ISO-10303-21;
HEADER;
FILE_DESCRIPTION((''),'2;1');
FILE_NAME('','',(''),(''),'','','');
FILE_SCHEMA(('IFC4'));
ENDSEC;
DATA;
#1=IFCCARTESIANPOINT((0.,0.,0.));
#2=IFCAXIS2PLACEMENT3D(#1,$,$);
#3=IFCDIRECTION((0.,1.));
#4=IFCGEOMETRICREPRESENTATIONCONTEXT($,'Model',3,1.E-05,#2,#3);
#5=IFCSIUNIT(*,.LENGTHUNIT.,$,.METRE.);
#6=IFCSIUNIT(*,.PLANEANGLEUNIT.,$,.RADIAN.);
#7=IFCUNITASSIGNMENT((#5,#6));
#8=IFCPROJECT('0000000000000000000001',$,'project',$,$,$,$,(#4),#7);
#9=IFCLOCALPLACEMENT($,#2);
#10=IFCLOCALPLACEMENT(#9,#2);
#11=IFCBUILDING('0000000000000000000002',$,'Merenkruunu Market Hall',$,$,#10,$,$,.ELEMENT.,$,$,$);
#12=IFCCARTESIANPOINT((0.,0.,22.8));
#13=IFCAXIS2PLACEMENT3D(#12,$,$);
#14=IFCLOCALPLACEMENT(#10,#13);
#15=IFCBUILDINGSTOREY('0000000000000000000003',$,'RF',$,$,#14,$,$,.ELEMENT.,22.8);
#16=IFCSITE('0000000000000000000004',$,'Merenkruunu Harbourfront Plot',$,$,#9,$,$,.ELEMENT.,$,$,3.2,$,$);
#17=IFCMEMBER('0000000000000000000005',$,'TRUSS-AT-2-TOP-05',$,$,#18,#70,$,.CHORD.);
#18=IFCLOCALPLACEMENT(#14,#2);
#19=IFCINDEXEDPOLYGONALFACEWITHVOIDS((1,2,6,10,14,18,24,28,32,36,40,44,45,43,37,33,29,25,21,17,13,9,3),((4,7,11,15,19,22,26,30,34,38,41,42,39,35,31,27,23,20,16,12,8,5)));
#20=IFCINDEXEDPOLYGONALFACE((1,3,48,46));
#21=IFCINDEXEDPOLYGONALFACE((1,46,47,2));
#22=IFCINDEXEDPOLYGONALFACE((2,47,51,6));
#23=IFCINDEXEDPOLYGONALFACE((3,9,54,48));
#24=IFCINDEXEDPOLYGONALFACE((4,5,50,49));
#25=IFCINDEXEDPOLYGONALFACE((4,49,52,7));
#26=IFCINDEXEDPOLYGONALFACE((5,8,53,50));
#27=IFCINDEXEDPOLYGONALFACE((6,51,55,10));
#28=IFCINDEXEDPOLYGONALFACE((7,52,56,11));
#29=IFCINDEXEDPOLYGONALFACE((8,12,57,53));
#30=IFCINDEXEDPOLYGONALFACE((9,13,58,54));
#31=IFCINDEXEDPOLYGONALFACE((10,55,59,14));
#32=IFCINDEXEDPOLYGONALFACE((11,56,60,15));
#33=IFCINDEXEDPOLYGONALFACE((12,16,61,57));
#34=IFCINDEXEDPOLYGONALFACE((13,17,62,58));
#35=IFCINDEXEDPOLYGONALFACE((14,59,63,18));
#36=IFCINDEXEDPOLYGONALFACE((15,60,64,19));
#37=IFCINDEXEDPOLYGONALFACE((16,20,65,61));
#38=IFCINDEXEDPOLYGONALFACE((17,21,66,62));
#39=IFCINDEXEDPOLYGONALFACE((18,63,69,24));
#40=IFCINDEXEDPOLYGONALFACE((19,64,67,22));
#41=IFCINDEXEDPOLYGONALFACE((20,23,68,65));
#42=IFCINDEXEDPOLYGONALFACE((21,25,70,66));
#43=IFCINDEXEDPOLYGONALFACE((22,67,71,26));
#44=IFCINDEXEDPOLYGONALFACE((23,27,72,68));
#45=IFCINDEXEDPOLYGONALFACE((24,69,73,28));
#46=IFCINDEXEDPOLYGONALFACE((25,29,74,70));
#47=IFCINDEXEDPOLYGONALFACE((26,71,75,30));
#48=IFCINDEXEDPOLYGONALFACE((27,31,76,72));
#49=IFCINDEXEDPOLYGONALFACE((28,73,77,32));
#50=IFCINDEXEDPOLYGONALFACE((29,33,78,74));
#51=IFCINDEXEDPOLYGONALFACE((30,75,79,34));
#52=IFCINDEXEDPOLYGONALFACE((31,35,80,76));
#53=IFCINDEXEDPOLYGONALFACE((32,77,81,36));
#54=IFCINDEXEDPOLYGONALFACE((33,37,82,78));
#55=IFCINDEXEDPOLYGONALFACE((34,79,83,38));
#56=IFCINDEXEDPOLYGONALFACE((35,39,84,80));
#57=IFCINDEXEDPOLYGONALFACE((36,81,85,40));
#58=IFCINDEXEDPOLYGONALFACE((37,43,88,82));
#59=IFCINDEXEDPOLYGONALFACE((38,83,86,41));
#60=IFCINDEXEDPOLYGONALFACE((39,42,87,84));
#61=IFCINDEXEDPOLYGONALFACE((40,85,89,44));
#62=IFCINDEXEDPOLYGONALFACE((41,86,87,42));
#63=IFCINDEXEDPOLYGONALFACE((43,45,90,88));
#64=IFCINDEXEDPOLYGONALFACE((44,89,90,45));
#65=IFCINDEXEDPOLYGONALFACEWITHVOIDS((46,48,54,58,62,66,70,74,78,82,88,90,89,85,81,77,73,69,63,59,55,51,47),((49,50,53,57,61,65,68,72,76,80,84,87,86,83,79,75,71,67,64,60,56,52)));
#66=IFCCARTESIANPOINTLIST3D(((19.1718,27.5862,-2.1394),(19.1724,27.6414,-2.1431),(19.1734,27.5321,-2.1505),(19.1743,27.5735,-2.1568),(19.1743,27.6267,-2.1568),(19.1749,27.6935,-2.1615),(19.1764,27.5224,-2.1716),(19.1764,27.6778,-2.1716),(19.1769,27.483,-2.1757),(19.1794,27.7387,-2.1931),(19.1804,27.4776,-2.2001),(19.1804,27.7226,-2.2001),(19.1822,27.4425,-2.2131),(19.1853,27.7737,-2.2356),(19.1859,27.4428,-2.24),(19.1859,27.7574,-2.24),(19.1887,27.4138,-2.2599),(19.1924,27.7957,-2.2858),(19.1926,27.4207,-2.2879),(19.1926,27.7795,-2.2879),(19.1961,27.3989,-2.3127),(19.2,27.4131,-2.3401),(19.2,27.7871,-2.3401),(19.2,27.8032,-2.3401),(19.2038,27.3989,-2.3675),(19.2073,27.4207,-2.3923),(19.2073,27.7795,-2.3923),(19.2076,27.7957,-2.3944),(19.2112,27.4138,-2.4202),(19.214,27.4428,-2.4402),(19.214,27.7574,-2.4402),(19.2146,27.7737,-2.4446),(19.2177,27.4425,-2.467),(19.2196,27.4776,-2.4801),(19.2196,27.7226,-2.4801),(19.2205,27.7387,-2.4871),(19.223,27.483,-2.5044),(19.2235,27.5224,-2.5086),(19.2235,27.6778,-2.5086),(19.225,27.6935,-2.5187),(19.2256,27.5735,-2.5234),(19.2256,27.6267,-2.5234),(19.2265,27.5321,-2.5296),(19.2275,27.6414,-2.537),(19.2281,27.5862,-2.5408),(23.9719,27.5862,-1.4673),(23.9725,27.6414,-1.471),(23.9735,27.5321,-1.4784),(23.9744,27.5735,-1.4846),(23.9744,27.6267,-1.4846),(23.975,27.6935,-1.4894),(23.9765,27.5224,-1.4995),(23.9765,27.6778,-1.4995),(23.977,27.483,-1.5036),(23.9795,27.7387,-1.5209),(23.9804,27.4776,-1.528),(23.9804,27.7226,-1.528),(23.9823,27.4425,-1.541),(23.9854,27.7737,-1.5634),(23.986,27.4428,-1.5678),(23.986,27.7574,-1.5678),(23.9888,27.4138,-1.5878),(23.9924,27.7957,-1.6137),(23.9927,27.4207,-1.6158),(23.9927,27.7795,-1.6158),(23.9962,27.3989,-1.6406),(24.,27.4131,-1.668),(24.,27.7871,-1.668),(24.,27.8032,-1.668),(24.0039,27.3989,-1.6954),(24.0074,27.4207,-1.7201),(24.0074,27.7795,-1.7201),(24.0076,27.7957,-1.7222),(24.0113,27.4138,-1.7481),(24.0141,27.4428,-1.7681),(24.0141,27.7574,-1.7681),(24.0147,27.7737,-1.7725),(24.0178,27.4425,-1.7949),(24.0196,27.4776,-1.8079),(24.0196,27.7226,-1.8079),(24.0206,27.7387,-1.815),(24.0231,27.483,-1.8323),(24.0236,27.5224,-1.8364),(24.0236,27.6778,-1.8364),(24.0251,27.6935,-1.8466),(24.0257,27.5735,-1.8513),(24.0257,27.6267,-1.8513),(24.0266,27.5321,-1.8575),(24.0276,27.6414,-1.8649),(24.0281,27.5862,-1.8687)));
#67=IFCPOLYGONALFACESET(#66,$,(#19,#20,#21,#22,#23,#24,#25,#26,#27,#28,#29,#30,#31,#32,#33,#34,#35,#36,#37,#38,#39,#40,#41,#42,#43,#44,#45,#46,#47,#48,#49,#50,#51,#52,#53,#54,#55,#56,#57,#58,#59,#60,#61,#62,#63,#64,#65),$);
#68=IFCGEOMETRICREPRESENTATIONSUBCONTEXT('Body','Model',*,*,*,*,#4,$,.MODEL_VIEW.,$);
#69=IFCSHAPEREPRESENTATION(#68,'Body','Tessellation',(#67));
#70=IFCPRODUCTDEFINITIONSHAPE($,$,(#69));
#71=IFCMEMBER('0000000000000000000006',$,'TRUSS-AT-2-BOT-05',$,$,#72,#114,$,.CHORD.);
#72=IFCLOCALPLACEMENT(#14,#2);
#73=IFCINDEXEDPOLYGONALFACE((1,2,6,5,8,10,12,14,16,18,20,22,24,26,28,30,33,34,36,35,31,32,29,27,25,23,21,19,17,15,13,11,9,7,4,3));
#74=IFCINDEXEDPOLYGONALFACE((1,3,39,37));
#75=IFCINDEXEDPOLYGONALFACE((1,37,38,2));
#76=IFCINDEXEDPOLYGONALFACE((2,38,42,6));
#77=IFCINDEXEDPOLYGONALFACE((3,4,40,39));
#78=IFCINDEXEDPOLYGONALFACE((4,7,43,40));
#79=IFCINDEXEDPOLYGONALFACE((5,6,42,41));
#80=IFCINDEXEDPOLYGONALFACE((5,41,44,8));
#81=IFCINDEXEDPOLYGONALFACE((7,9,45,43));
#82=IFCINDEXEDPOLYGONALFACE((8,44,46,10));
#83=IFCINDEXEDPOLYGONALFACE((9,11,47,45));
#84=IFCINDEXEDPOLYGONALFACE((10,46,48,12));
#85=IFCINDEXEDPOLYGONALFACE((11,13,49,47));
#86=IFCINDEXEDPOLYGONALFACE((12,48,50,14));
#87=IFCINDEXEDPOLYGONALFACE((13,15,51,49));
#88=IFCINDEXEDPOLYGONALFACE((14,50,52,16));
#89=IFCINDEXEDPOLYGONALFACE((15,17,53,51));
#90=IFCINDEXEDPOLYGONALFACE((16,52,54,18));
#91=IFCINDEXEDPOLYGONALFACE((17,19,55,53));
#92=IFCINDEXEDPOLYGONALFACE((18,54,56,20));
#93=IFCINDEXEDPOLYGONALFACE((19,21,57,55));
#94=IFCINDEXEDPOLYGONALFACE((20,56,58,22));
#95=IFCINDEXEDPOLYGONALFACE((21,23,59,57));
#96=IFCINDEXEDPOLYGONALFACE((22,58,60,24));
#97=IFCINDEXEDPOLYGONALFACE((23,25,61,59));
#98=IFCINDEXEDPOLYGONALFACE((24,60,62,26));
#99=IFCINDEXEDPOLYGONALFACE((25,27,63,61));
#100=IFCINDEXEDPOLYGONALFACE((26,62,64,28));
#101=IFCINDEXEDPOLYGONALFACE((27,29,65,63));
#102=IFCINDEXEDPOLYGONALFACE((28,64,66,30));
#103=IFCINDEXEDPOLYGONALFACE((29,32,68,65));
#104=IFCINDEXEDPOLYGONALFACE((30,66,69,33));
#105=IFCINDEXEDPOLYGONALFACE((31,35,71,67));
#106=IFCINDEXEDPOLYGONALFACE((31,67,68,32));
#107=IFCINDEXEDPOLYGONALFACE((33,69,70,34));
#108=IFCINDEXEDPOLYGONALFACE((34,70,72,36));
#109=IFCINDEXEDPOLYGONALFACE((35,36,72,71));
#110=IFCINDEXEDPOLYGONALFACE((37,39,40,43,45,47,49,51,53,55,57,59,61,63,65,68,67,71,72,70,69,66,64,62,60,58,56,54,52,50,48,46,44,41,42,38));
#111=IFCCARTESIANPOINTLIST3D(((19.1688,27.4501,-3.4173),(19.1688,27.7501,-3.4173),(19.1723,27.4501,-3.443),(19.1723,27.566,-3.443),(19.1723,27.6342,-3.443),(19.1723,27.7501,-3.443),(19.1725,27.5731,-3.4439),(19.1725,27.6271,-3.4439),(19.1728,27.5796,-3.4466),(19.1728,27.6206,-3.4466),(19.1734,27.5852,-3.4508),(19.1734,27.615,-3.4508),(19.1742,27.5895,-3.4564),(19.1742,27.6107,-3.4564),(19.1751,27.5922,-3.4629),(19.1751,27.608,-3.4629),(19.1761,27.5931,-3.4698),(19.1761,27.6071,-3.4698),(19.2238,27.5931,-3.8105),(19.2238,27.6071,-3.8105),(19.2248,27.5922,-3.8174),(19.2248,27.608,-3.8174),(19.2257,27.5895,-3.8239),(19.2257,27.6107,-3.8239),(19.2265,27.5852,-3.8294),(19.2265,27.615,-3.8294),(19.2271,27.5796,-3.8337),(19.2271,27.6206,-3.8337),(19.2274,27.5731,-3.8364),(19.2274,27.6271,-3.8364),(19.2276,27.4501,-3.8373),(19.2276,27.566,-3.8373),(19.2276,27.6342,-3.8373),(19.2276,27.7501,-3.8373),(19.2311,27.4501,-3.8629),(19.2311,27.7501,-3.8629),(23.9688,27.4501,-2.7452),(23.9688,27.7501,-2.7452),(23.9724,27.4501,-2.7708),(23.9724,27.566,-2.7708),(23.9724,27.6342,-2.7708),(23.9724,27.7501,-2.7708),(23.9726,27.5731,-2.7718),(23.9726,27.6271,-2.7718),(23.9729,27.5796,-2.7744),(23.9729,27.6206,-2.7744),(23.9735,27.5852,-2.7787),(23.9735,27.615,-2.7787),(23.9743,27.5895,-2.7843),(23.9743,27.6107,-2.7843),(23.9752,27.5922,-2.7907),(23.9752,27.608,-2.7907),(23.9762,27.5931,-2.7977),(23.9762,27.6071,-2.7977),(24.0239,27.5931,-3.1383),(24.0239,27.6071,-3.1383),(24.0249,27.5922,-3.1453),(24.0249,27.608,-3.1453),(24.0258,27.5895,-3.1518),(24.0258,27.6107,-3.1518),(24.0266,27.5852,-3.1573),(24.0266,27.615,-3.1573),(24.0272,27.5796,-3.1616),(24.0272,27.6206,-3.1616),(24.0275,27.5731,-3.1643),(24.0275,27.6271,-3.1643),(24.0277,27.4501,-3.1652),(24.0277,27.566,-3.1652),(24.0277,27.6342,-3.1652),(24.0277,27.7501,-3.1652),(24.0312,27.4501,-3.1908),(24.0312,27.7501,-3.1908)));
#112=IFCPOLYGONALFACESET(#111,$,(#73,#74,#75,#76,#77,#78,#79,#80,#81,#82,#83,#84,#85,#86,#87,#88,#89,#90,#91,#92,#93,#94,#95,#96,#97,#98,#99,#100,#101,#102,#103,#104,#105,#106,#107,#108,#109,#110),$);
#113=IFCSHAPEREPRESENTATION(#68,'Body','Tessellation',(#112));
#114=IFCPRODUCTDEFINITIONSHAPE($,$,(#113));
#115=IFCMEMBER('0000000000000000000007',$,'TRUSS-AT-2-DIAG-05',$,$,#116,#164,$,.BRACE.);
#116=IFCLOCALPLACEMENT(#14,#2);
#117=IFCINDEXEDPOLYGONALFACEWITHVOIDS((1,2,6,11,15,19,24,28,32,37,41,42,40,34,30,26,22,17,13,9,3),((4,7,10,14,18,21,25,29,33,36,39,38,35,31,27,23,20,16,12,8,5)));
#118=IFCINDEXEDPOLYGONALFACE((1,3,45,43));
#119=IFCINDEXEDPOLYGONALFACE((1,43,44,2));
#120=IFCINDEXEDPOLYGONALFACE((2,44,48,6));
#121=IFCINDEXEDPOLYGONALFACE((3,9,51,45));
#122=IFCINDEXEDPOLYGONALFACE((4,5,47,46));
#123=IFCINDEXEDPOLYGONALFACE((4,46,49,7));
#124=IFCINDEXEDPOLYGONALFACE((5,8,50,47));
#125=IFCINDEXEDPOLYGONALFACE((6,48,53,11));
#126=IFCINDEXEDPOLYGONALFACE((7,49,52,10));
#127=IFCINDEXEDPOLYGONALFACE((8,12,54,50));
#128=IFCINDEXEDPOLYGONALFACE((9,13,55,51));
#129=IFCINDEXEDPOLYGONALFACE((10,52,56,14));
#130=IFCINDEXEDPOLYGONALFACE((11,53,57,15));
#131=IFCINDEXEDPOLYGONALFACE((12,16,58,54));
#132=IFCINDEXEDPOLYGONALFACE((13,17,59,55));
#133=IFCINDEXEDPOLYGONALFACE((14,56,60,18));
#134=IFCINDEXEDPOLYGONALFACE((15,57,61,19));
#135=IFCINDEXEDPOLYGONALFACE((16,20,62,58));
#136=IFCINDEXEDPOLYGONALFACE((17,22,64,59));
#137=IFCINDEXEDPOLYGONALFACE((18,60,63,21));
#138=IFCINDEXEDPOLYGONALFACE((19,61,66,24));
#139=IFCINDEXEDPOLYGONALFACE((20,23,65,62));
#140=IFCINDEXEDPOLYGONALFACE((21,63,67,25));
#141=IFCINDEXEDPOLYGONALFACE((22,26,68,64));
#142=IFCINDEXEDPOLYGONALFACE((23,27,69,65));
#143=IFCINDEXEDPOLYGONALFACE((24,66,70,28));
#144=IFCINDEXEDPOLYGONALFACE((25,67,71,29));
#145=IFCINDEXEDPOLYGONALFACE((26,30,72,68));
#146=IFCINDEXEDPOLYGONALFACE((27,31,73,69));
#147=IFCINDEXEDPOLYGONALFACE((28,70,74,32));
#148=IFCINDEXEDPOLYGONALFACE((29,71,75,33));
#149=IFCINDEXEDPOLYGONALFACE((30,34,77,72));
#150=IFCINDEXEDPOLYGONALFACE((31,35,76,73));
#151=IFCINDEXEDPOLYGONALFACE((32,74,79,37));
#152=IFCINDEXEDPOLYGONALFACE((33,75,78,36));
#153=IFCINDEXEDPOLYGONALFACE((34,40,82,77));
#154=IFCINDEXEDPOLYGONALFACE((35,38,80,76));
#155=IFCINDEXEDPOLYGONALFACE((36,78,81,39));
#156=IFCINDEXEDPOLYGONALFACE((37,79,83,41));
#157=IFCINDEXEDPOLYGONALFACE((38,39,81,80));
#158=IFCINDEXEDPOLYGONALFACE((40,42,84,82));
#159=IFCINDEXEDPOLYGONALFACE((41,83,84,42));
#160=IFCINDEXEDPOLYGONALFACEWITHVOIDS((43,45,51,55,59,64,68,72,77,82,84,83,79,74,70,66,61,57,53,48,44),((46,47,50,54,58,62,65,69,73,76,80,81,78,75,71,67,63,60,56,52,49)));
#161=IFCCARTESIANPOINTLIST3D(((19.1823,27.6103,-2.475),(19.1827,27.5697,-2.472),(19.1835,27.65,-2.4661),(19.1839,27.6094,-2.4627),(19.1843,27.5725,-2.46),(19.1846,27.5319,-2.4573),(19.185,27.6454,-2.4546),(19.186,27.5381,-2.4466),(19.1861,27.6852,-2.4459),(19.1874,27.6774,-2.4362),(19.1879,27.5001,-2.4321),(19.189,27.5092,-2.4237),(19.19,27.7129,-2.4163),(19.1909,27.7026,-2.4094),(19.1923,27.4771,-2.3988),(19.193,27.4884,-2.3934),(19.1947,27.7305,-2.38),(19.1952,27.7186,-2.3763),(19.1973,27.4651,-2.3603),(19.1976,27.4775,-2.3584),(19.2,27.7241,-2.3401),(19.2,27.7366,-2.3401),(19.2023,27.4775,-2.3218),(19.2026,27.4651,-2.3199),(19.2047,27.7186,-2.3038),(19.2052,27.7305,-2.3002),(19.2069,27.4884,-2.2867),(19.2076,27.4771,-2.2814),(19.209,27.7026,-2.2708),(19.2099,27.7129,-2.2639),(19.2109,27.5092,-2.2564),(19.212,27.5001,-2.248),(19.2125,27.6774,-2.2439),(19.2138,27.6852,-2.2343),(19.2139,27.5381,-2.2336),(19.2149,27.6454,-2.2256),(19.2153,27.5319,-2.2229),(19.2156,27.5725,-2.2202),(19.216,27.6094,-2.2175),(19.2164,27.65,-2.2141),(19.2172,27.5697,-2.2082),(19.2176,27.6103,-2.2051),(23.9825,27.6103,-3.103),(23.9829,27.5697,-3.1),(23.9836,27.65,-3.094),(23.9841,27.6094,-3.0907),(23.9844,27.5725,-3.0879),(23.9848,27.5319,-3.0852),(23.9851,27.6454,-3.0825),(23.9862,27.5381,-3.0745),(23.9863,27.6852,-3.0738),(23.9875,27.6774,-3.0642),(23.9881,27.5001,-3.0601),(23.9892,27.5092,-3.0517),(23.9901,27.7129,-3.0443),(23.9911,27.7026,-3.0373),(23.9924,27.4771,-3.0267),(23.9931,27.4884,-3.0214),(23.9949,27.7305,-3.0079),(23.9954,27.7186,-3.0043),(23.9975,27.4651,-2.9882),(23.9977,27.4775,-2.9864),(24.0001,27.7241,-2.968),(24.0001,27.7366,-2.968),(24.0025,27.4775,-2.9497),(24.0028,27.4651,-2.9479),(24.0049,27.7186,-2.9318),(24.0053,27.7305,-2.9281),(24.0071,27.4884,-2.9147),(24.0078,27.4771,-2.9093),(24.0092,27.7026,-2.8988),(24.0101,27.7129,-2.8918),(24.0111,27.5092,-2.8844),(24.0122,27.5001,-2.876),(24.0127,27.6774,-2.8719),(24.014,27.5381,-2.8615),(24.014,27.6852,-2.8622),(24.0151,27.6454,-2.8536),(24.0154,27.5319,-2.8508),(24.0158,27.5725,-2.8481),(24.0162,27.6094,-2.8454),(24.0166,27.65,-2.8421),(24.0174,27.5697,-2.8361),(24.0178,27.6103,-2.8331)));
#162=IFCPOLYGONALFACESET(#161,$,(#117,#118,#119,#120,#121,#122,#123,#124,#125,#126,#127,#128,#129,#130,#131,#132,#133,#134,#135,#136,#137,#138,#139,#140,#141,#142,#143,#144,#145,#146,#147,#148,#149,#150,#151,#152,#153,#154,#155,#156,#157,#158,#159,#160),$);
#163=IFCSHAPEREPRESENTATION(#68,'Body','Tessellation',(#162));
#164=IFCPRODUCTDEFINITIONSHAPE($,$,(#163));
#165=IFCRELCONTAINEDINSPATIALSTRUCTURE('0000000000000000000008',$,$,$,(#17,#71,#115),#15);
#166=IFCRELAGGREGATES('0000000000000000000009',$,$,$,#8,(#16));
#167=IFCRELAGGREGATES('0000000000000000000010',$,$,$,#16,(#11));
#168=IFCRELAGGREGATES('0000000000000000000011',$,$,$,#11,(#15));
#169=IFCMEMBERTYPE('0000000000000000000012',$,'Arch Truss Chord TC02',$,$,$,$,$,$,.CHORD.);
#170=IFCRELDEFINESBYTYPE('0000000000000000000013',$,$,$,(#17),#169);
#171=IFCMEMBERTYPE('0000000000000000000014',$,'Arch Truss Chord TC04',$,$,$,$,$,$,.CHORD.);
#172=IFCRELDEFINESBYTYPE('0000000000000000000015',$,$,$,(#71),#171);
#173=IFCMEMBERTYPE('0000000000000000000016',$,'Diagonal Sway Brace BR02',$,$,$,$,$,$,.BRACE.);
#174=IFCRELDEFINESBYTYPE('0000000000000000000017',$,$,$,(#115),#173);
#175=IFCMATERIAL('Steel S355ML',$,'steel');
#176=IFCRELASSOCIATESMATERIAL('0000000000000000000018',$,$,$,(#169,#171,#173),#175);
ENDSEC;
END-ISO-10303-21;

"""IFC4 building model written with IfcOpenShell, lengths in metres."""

from ifc_helpers import new_model, si_unit, direction, frame, origin, origin_2d, place, context, subcontext, project, spatial, hollow_circle, i_section, extrude, material, material_profile, profile_set, type_object, element, save


model = new_model("IFC4")

# Units and contexts
model_context = context("Model", 3, precision=1e-05, world=origin(), true_north=direction((0.0, 1.0)))
body_context = subcontext(model_context, "Body", "Model", "MODEL_VIEW")
ifc_project = project(units=[si_unit("LENGTHUNIT", "METRE"), si_unit("PLANEANGLEUNIT", "RADIAN")], contexts=[model_context])

# Site, building, storey
site_placement = place(None, origin())
site = spatial("IfcSite", under=ifc_project, at=site_placement, Name="Merenkruunu Harbourfront Plot", CompositionType="ELEMENT", RefElevation=3.2)
building_placement = place(site_placement, origin())
building = spatial("IfcBuilding", under=site, at=building_placement, Name="Merenkruunu Market Hall", CompositionType="ELEMENT")
storey_placement = place(building_placement, frame((0.0, 0.0, 22.8)))
storey = spatial("IfcBuildingStorey", under=building, at=storey_placement, Name="RF", CompositionType="ELEMENT", Elevation=22.8)

# Members
ifc_material_1 = material(Name="Steel S355ML", Category="steel")
ifc_material_profile_1 = material_profile(ifc_material_1, hollow_circle(Radius=0.2031, WallThickness=0.0161, at=origin_2d()), Name="CHS 406.4x16")
ifc_profile_set_1 = profile_set([ifc_material_profile_1], Name="Steel S355ML")
member_type_1 = type_object("IfcMemberType", Name="Arch Truss Chord TC02", PredefinedType="CHORD", material=ifc_profile_set_1)
member_1_placement = place(storey_placement, frame((19.2, 27.6001, -2.3401), z_axis=(0.990339, 0.0, 0.138671), x_axis=(0.0, 1.0, 0.0)))
element("IfcMember", 1, at=member_1_placement, inside=storey, type_object=member_type_1, Name="TRUSS-AT-2-TOP-05", PredefinedType="CHORD", context=body_context, shape_type="SweptSolid", body=[
    extrude(hollow_circle(Radius=0.2031, WallThickness=0.0161, at=origin_2d()), origin(), (0.0, 0.0, 1.0), 4.8469),
])
ifc_material_profile_2 = material_profile(ifc_material_1, i_section(OverallWidth=0.3, OverallDepth=0.45, WebThickness=0.0139, FlangeThickness=0.0259, FilletRadius=0.0271, at=origin_2d()), Name="HEB 450")
ifc_profile_set_2 = profile_set([ifc_material_profile_2], Name="Steel S355ML")
member_type_2 = type_object("IfcMemberType", Name="Arch Truss Chord TC04", PredefinedType="CHORD", material=ifc_profile_set_2)
member_2_placement = place(storey_placement, frame((19.2, 27.6001, -3.6401), z_axis=(0.990339, 0.0, 0.138671), x_axis=(0.0, 1.0, 0.0)))
element("IfcMember", 2, at=member_2_placement, inside=storey, type_object=member_type_2, Name="TRUSS-AT-2-BOT-05", PredefinedType="CHORD", context=body_context, shape_type="SweptSolid", body=[
    extrude(i_section(OverallWidth=0.3, OverallDepth=0.45, WebThickness=0.0139, FlangeThickness=0.0259, FilletRadius=0.0271, at=origin_2d()), origin(), (0.0, 0.0, 1.0), 4.8469),
])
ifc_material_profile_3 = material_profile(ifc_material_1, hollow_circle(Radius=0.1365, WallThickness=0.0125, at=origin_2d()), Name="CHS 273x12.5")
ifc_profile_set_3 = profile_set([ifc_material_profile_3], Name="Steel S355ML")
member_type_3 = type_object("IfcMemberType", Name="Diagonal Sway Brace BR02", PredefinedType="BRACE", material=ifc_profile_set_3)
member_3_placement = place(storey_placement, frame((19.2, 27.6001, -2.3401), z_axis=(0.991552, 0.0, -0.129712), x_axis=(0.0, 1.0, 0.0)))
element("IfcMember", 3, at=member_3_placement, inside=storey, type_object=member_type_3, Name="TRUSS-AT-2-DIAG-05", PredefinedType="BRACE", context=body_context, shape_type="SweptSolid", body=[
    extrude(hollow_circle(Radius=0.1365, WallThickness=0.0125, at=origin_2d()), origin(), (0.0, 0.0, 1.0), 4.8411),
])

save(model, "model.ifc")
